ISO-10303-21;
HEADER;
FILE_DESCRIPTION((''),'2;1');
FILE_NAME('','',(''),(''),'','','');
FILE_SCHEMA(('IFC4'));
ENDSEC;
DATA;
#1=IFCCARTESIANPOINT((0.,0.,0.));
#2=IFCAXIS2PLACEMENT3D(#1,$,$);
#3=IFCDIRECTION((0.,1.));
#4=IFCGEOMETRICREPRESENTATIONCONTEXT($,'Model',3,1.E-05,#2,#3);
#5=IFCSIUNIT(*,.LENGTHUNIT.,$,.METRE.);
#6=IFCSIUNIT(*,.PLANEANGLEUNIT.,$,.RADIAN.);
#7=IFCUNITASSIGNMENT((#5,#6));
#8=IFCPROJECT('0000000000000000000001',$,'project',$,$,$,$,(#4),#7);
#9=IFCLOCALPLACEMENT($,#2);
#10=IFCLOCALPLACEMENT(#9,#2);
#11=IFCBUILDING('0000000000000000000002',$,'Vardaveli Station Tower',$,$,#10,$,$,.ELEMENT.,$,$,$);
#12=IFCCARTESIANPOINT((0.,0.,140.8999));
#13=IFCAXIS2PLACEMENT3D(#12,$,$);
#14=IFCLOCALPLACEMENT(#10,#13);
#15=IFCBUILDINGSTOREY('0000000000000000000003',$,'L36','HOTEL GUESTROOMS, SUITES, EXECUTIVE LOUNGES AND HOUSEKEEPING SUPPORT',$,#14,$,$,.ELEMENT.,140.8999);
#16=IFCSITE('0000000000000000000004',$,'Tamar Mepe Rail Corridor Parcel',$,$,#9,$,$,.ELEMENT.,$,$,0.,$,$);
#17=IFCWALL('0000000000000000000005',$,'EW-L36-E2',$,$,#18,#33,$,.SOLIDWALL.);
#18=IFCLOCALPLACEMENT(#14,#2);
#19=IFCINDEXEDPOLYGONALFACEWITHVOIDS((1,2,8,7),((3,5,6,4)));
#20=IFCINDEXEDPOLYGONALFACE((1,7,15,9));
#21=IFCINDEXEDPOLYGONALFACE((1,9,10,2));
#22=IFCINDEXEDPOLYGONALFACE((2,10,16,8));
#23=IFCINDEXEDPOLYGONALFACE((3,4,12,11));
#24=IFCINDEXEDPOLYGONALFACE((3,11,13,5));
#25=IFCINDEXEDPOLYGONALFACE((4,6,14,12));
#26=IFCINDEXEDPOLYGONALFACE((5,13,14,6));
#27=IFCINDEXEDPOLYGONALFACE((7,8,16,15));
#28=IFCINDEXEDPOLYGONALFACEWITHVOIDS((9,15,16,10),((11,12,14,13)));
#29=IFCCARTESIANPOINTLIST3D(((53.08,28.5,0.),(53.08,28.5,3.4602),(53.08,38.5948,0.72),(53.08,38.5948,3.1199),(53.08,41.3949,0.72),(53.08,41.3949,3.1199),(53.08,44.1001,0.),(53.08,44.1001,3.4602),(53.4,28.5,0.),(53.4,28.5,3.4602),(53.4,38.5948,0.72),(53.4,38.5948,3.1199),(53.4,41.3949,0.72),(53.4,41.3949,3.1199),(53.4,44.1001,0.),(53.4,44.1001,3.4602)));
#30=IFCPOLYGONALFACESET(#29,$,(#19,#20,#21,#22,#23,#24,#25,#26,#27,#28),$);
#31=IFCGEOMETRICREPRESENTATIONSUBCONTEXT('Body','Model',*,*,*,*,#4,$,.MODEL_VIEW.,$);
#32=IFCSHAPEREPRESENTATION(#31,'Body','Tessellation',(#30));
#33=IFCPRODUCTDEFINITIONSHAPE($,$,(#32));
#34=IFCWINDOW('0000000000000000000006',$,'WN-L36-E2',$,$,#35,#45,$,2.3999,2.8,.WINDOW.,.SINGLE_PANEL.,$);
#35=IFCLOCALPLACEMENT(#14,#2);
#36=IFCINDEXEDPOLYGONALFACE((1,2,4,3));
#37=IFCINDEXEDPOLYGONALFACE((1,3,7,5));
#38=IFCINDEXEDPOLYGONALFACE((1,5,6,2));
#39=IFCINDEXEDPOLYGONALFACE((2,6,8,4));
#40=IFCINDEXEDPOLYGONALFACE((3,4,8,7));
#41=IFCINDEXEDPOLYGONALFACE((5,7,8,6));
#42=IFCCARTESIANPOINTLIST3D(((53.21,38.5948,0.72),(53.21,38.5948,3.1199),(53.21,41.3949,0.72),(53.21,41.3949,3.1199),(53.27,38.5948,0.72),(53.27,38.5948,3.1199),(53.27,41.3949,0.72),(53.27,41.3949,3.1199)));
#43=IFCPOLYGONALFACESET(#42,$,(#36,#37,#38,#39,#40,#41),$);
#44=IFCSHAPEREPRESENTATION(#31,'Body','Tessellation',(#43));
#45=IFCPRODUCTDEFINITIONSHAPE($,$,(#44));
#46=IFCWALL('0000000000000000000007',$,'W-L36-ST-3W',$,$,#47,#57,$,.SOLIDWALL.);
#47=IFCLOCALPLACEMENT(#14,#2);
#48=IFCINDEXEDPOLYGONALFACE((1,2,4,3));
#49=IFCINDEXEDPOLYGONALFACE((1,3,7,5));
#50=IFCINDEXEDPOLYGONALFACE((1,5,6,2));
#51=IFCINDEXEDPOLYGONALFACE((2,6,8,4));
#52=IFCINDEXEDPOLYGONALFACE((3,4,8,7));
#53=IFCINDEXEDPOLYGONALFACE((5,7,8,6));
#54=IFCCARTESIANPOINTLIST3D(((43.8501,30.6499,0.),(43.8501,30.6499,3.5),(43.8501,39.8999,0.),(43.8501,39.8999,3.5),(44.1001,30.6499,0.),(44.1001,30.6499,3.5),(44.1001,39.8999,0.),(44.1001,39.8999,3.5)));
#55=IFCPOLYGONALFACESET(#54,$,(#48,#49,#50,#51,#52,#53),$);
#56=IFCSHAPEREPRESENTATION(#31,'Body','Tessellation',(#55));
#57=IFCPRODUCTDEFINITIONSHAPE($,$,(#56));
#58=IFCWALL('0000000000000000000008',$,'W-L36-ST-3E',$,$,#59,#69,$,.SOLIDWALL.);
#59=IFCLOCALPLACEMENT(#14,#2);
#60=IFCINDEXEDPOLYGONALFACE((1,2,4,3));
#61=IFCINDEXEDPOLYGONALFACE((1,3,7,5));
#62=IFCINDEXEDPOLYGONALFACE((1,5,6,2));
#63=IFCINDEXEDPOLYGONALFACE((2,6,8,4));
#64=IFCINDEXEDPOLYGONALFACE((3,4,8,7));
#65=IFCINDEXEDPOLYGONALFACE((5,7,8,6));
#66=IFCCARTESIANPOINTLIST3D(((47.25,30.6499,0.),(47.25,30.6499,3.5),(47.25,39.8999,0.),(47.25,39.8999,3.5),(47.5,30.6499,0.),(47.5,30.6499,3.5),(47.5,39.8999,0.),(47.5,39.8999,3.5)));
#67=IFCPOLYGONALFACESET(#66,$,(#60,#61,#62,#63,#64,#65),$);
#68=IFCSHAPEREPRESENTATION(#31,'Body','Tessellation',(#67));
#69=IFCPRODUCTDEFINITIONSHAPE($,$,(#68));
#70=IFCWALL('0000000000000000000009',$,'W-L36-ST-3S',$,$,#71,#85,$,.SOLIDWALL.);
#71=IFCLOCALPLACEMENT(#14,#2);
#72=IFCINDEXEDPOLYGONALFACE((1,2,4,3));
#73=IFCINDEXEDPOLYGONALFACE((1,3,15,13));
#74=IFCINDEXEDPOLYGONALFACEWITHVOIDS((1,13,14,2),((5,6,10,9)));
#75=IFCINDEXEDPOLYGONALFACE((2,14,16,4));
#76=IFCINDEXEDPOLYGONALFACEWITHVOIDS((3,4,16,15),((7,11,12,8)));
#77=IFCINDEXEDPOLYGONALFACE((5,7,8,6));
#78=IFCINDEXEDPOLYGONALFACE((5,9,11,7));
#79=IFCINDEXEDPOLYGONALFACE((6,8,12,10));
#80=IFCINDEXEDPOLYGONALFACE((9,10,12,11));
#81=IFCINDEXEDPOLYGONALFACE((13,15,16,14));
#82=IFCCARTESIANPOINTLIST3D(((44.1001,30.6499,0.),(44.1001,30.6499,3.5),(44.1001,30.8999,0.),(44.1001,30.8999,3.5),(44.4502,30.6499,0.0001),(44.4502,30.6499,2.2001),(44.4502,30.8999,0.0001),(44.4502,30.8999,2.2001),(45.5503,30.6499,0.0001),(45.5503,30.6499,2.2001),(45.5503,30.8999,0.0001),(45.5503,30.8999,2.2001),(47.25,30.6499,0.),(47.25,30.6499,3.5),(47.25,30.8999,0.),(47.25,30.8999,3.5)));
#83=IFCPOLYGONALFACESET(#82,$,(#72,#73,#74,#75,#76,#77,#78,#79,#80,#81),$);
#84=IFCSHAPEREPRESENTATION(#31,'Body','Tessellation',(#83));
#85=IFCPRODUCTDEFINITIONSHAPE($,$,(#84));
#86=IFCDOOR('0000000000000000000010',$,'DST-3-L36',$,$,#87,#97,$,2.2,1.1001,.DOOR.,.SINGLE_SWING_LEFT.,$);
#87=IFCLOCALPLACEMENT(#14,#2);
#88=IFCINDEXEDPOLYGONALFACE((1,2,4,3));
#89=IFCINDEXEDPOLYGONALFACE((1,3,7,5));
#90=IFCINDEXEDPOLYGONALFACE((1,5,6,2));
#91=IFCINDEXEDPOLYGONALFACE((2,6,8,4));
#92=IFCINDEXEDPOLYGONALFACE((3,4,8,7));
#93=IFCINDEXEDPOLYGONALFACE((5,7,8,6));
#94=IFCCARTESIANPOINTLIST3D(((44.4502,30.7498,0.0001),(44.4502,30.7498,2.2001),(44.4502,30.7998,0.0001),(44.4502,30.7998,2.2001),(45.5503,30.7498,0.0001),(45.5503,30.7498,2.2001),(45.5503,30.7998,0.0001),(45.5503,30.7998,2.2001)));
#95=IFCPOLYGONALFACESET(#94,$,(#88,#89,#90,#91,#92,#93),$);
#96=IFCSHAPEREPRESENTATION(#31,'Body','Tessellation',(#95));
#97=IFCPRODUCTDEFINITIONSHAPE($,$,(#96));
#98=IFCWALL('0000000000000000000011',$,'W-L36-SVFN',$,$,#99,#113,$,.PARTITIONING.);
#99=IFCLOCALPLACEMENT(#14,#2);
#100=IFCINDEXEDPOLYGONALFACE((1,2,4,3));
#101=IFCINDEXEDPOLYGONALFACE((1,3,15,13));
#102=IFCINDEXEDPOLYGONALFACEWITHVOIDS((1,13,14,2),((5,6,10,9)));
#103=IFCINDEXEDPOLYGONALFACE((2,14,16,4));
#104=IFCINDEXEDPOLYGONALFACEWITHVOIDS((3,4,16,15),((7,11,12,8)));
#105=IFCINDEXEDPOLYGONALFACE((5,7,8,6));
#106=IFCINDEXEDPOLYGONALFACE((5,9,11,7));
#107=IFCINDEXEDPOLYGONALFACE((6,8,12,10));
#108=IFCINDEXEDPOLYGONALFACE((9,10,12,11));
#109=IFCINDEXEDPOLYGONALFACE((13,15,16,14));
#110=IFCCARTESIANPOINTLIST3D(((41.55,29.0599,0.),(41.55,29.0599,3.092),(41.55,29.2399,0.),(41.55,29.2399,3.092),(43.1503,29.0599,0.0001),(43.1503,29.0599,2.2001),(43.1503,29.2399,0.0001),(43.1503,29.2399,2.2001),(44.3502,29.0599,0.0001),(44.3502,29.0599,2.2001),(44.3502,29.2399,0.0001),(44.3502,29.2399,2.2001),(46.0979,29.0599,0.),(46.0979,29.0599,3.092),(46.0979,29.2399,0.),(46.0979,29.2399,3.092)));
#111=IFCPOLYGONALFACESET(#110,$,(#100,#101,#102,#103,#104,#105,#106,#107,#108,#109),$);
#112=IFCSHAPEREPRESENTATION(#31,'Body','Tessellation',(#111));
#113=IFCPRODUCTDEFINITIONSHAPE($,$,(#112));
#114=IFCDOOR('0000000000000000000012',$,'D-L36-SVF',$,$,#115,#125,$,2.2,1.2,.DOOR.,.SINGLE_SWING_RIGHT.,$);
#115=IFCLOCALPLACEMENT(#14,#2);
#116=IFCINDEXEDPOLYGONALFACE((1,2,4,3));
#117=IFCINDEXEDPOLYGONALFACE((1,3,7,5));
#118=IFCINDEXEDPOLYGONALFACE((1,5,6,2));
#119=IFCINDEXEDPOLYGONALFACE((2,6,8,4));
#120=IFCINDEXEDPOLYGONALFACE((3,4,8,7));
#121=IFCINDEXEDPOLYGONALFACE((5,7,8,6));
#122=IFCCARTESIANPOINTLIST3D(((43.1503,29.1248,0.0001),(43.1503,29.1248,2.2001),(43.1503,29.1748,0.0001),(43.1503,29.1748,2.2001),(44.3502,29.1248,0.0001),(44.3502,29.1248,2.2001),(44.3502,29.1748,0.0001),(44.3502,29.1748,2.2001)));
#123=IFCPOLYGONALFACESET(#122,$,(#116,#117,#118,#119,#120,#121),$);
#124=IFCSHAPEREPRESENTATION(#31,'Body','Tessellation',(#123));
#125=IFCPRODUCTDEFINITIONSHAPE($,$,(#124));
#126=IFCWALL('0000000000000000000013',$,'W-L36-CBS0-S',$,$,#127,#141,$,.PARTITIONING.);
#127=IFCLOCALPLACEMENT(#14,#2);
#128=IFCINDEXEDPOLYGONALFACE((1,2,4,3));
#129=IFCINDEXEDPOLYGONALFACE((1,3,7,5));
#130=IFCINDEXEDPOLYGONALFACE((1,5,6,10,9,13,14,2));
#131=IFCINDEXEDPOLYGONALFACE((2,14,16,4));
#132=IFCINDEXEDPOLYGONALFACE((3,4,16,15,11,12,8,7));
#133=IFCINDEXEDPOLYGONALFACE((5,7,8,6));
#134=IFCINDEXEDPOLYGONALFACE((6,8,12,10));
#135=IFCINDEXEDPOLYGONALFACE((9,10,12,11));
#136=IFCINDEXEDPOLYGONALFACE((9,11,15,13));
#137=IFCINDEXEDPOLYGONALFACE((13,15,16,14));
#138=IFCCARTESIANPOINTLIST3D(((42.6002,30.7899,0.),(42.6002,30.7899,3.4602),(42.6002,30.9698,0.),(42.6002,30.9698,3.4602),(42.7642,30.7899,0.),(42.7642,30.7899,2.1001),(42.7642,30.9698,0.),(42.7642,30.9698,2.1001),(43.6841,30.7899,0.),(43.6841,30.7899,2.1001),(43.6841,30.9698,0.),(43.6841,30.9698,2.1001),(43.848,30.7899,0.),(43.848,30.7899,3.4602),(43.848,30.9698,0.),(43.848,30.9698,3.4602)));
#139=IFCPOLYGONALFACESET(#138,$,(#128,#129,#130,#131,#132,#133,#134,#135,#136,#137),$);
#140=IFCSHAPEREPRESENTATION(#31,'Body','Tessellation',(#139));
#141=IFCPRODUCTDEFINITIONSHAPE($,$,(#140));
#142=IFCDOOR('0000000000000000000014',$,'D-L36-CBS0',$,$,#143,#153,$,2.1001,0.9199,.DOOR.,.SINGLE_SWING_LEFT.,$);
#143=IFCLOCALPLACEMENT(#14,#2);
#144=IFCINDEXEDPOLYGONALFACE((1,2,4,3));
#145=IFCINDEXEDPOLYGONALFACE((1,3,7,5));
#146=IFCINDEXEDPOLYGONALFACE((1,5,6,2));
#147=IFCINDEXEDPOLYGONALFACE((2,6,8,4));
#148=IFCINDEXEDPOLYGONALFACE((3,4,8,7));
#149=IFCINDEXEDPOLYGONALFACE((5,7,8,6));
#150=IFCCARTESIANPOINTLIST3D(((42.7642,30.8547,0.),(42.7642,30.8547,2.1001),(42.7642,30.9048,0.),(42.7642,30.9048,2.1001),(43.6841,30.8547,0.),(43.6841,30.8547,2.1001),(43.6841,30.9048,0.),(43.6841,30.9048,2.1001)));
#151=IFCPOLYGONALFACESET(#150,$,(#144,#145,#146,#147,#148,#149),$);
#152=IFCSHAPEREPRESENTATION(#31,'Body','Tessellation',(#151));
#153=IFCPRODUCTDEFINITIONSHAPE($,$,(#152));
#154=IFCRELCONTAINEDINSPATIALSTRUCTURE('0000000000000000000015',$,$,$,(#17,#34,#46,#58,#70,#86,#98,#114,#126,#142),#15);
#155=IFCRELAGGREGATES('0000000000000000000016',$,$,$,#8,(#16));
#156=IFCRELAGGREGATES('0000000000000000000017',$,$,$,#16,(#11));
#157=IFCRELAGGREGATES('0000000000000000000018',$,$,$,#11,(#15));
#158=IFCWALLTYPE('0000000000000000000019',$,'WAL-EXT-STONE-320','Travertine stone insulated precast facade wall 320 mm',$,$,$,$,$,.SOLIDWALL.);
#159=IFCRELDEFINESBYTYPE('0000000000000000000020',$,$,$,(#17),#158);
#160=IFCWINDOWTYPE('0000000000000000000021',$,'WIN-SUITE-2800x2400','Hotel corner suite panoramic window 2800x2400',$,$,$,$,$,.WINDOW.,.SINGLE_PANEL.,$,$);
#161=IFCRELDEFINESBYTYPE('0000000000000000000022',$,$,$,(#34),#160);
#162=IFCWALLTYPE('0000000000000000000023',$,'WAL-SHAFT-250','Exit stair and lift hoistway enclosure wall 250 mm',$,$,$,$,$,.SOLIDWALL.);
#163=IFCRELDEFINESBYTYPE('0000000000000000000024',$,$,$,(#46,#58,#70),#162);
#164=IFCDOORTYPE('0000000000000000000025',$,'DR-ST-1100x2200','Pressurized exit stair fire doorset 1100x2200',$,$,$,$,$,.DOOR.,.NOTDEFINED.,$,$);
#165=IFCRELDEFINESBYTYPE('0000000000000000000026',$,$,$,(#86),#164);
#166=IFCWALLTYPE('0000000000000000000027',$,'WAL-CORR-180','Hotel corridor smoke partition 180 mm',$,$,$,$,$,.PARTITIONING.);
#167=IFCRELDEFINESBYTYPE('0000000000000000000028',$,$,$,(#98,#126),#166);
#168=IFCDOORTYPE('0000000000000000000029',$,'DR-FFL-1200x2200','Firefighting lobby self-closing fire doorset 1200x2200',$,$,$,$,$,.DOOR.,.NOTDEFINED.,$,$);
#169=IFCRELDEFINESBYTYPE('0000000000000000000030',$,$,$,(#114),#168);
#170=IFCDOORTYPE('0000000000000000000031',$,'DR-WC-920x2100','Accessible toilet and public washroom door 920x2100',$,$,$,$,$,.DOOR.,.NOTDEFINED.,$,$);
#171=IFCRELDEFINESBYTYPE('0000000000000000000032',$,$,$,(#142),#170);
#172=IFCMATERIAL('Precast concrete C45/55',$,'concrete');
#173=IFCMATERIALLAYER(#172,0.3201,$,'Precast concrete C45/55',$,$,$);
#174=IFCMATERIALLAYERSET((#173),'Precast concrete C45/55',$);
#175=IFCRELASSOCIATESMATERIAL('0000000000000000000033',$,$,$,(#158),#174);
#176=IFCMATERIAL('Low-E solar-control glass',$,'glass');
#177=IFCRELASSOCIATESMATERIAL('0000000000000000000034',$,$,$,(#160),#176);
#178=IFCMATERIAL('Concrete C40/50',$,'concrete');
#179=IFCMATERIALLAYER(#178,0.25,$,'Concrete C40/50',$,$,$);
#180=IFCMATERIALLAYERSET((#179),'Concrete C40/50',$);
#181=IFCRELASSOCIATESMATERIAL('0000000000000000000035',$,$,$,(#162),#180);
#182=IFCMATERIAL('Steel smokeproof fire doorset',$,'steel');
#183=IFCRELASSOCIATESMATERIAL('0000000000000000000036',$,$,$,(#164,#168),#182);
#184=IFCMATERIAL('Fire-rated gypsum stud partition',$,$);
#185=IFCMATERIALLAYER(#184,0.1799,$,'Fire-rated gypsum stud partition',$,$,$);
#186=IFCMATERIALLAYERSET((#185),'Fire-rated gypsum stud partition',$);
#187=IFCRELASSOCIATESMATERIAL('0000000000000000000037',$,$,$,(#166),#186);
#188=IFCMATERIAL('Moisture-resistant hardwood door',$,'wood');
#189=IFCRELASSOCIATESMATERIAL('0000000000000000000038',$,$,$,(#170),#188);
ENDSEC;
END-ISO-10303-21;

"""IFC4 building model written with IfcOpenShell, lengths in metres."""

from ifc_helpers import new_model, si_unit, direction, frame, frame_2d, origin, place, context, subcontext, project, spatial, rectangle, extrude, source, transform, mapped, material, layer, layer_set, type_object, element, fill, save


model = new_model("IFC4")

# Units and contexts
model_context = context("Model", 3, precision=1e-05, world=origin(), true_north=direction((0.0, 1.0)))
body_context = subcontext(model_context, "Body", "Model", "MODEL_VIEW")
ifc_project = project(units=[si_unit("LENGTHUNIT", "METRE"), si_unit("PLANEANGLEUNIT", "RADIAN")], contexts=[model_context])

# Site, building, storey
site_placement = place(None, origin())
site = spatial("IfcSite", under=ifc_project, at=site_placement, Name="Tamar Mepe Rail Corridor Parcel", CompositionType="ELEMENT", RefElevation=0.0)
building_placement = place(site_placement, origin())
building = spatial("IfcBuilding", under=site, at=building_placement, Name="Vardaveli Station Tower", CompositionType="ELEMENT")
storey_placement = place(building_placement, frame((0.0, 0.0, 140.8999)))
storey = spatial("IfcBuildingStorey", under=building, at=storey_placement, Name="L36", Description="HOTEL GUESTROOMS, SUITES, EXECUTIVE LOUNGES AND HOUSEKEEPING SUPPORT", CompositionType="ELEMENT", Elevation=140.8999)

# Shared definitions
ifc_material_1 = material(Name="Precast concrete C45/55", Category="concrete")

# Wall, opening, window
ifc_layer_1 = layer(ifc_material_1, 0.3201, Name="Precast concrete C45/55")
ifc_layer_set_1 = layer_set([ifc_layer_1], Name="Precast concrete C45/55")
wall_type_1 = type_object("IfcWallType", Name="WAL-EXT-STONE-320", Description="Travertine stone insulated precast facade wall 320 mm", PredefinedType="SOLIDWALL", material=ifc_layer_set_1)
shared_shape_1 = source(origin(), body_context, "Body", "SweptSolid", [
    extrude(rectangle(XDim=15.6001, YDim=0.3201, at=frame_2d((7.8, 0.0))), origin(), (0.0, 0.0, 1.0), 3.4602),
])
wall_1_placement = place(storey_placement, frame((53.24, 28.5, 0.0), z_axis=(0.0, 0.0, 1.0), x_axis=(0.0, 1.0, 0.0)))
wall_1 = element("IfcWall", 1, at=wall_1_placement, inside=storey, type_object=wall_type_1, Name="EW-L36-E2", PredefinedType="SOLIDWALL", context=body_context, shape_type="MappedRepresentation", body=[
    mapped(shared_shape_1, transform((0.0, 0.0, 0.0), scale=1.0)),
])
shared_shape_2 = source(origin(), body_context, "Body", "SweptSolid", [
    extrude(rectangle(XDim=2.8, YDim=2.3999, at=frame_2d((1.3999, 1.2))), frame((0.0, 0.1699, 0.0), z_axis=(0.0, -1.0, 0.0), x_axis=(1.0, 0.0, 0.0)), (0.0, 0.0, 1.0), 0.3401),
])
opening_1_placement = place(wall_1_placement, frame((10.095, 0.0, 0.72)))
opening_1 = element("IfcOpeningElement", 2, at=opening_1_placement, cuts=wall_1, PredefinedType="OPENING", context=body_context, shape_type="MappedRepresentation", body=[
    mapped(shared_shape_2, transform((0.0, 0.0, 0.0), scale=1.0)),
])
ifc_material_2 = material(Name="Low-E solar-control glass", Category="glass")
window_type = type_object("IfcWindowType", Name="WIN-SUITE-2800x2400", Description="Hotel corner suite panoramic window 2800x2400", PartitioningType="SINGLE_PANEL", PredefinedType="WINDOW", material=ifc_material_2)
shared_shape_3 = source(origin(), body_context, "Body", "SweptSolid", [
    extrude(rectangle(XDim=2.8, YDim=2.3999, at=frame_2d((1.3999, 1.2))), frame((0.0, 0.03, 0.0), z_axis=(0.0, -1.0, 0.0), x_axis=(1.0, 0.0, 0.0)), (0.0, 0.0, 1.0), 0.0601),
])
window_placement = place(opening_1_placement, origin())
window = element("IfcWindow", 3, at=window_placement, inside=storey, type_object=window_type, Name="WN-L36-E2", OverallHeight=2.3999, OverallWidth=2.8, PartitioningType="SINGLE_PANEL", PredefinedType="WINDOW", context=body_context, shape_type="MappedRepresentation", body=[
    mapped(shared_shape_3, transform((0.0, 0.0, 0.0), scale=1.0)),
])
fill(opening_1, window)

# Walls
ifc_material_3 = material(Name="Concrete C40/50", Category="concrete")
ifc_layer_2 = layer(ifc_material_3, 0.25, Name="Concrete C40/50")
ifc_layer_set_2 = layer_set([ifc_layer_2], Name="Concrete C40/50")
wall_type_2 = type_object("IfcWallType", Name="WAL-SHAFT-250", Description="Exit stair and lift hoistway enclosure wall 250 mm", PredefinedType="SOLIDWALL", material=ifc_layer_set_2)
shared_shape_4 = source(origin(), body_context, "Body", "SweptSolid", [
    extrude(rectangle(XDim=9.25, YDim=0.25, at=frame_2d((4.625, 0.0))), origin(), (0.0, 0.0, 1.0), 3.5),
])
for number, where, z_axis, x_axis, name in (
    (4, (43.9751, 30.6499, 0.0), (0.0, 0.0, 1.0), (0.0, 1.0, 0.0), "W-L36-ST-3W"),
    (5, (47.375, 30.6499, 0.0), (0.0, 0.0, 1.0), (0.0, 1.0, 0.0), "W-L36-ST-3E"),
):
    element("IfcWall", number, at=place(storey_placement, frame(where, z_axis=z_axis, x_axis=x_axis)), inside=storey, type_object=wall_type_2, Name=name, PredefinedType="SOLIDWALL", context=body_context, shape_type="MappedRepresentation", body=[
        mapped(shared_shape_4, transform((0.0, 0.0, 0.0), scale=1.0)),
    ])

# Walls, openings, doors
shared_shape_5 = source(origin(), body_context, "Body", "SweptSolid", [
    extrude(rectangle(XDim=3.1499, YDim=0.25, at=frame_2d((1.575, 0.0))), origin(), (0.0, 0.0, 1.0), 3.5),
])
wall_2_placement = place(storey_placement, frame((44.1001, 30.7749, 0.0), z_axis=(0.0, 0.0, 1.0), x_axis=(1.0, 0.0, 0.0)))
wall_2 = element("IfcWall", 6, at=wall_2_placement, inside=storey, type_object=wall_type_2, Name="W-L36-ST-3S", PredefinedType="SOLIDWALL", context=body_context, shape_type="MappedRepresentation", body=[
    mapped(shared_shape_5, transform((0.0, 0.0, 0.0), scale=1.0)),
])
shared_shape_6 = source(origin(), body_context, "Body", "SweptSolid", [
    extrude(rectangle(XDim=1.1001, YDim=2.2, at=frame_2d((0.55, 1.1001))), frame((0.0, 0.135, 0.0), z_axis=(0.0, -1.0, 0.0), x_axis=(1.0, 0.0, 0.0)), (0.0, 0.0, 1.0), 0.27),
])
opening_2_placement = place(wall_2_placement, frame((0.3501, 0.0, 0.0)))
opening_2 = element("IfcOpeningElement", 7, at=opening_2_placement, cuts=wall_2, PredefinedType="OPENING", context=body_context, shape_type="MappedRepresentation", body=[
    mapped(shared_shape_6, transform((0.0, 0.0, 0.0), scale=1.0)),
])
ifc_material_4 = material(Name="Steel smokeproof fire doorset", Category="steel")
door_type_1 = type_object("IfcDoorType", Name="DR-ST-1100x2200", Description="Pressurized exit stair fire doorset 1100x2200", OperationType="NOTDEFINED", PredefinedType="DOOR", material=ifc_material_4)
shared_shape_7 = source(origin(), body_context, "Body", "SweptSolid", [
    extrude(rectangle(XDim=1.1001, YDim=2.2, at=frame_2d((0.55, 1.1001))), frame((0.0, 0.0249, 0.0), z_axis=(0.0, -1.0, 0.0), x_axis=(1.0, 0.0, 0.0)), (0.0, 0.0, 1.0), 0.05),
])
door_1_placement = place(opening_2_placement, origin())
door_1 = element("IfcDoor", 8, at=door_1_placement, inside=storey, type_object=door_type_1, Name="DST-3-L36", OperationType="SINGLE_SWING_LEFT", OverallHeight=2.2, OverallWidth=1.1001, PredefinedType="DOOR", context=body_context, shape_type="MappedRepresentation", body=[
    mapped(shared_shape_7, transform((0.0, 0.0, 0.0), scale=1.0)),
])
fill(opening_2, door_1)
ifc_material_5 = material(Name="Fire-rated gypsum stud partition")
ifc_layer_3 = layer(ifc_material_5, 0.1799, Name="Fire-rated gypsum stud partition")
ifc_layer_set_3 = layer_set([ifc_layer_3], Name="Fire-rated gypsum stud partition")
wall_type_3 = type_object("IfcWallType", Name="WAL-CORR-180", Description="Hotel corridor smoke partition 180 mm", PredefinedType="PARTITIONING", material=ifc_layer_set_3)
shared_shape_8 = source(origin(), body_context, "Body", "SweptSolid", [
    extrude(rectangle(XDim=4.5479, YDim=0.1799, at=frame_2d((2.2739, 0.0))), origin(), (0.0, 0.0, 1.0), 3.092),
])
wall_3_placement = place(storey_placement, frame((41.55, 29.1499, 0.0), z_axis=(0.0, 0.0, 1.0), x_axis=(1.0, 0.0, 0.0)))
wall_3 = element("IfcWall", 9, at=wall_3_placement, inside=storey, type_object=wall_type_3, Name="W-L36-SVFN", PredefinedType="PARTITIONING", context=body_context, shape_type="MappedRepresentation", body=[
    mapped(shared_shape_8, transform((0.0, 0.0, 0.0), scale=1.0)),
])
shared_shape_9 = source(origin(), body_context, "Body", "SweptSolid", [
    extrude(rectangle(XDim=1.2, YDim=2.2, at=frame_2d((0.6001, 1.1001))), frame((0.0, 0.1001, 0.0), z_axis=(0.0, -1.0, 0.0), x_axis=(1.0, 0.0, 0.0)), (0.0, 0.0, 1.0), 0.2),
])
opening_3_placement = place(wall_3_placement, frame((1.6001, 0.0, 0.0)))
opening_3 = element("IfcOpeningElement", 10, at=opening_3_placement, cuts=wall_3, PredefinedType="OPENING", context=body_context, shape_type="MappedRepresentation", body=[
    mapped(shared_shape_9, transform((0.0, 0.0, 0.0), scale=1.0)),
])
door_type_2 = type_object("IfcDoorType", Name="DR-FFL-1200x2200", Description="Firefighting lobby self-closing fire doorset 1200x2200", OperationType="NOTDEFINED", PredefinedType="DOOR", material=ifc_material_4)
shared_shape_10 = source(origin(), body_context, "Body", "SweptSolid", [
    extrude(rectangle(XDim=1.2, YDim=2.2, at=frame_2d((0.6001, 1.1001))), frame((0.0, 0.0249, 0.0), z_axis=(0.0, -1.0, 0.0), x_axis=(1.0, 0.0, 0.0)), (0.0, 0.0, 1.0), 0.05),
])
door_2_placement = place(opening_3_placement, origin())
door_2 = element("IfcDoor", 11, at=door_2_placement, inside=storey, type_object=door_type_2, Name="D-L36-SVF", OperationType="SINGLE_SWING_RIGHT", OverallHeight=2.2, OverallWidth=1.2, PredefinedType="DOOR", context=body_context, shape_type="MappedRepresentation", body=[
    mapped(shared_shape_10, transform((0.0, 0.0, 0.0), scale=1.0)),
])
fill(opening_3, door_2)
shared_shape_11 = source(origin(), body_context, "Body", "SweptSolid", [
    extrude(rectangle(XDim=1.2478, YDim=0.1799, at=frame_2d((0.624, 0.0))), origin(), (0.0, 0.0, 1.0), 3.4602),
])
wall_4_placement = place(storey_placement, frame((42.6001, 30.8799, 0.0), z_axis=(0.0, 0.0, 1.0), x_axis=(1.0, 0.0, 0.0)))
wall_4 = element("IfcWall", 12, at=wall_4_placement, inside=storey, type_object=wall_type_3, Name="W-L36-CBS0-S", PredefinedType="PARTITIONING", context=body_context, shape_type="MappedRepresentation", body=[
    mapped(shared_shape_11, transform((0.0, 0.0, 0.0), scale=1.0)),
])
shared_shape_12 = source(origin(), body_context, "Body", "SweptSolid", [
    extrude(rectangle(XDim=0.9199, YDim=2.1001, at=frame_2d((0.46, 1.05))), frame((0.0, 0.1001, 0.0), z_axis=(0.0, -1.0, 0.0), x_axis=(1.0, 0.0, 0.0)), (0.0, 0.0, 1.0), 0.2),
])
opening_4_placement = place(wall_4_placement, frame((0.1641, 0.0, 0.0)))
opening_4 = element("IfcOpeningElement", 13, at=opening_4_placement, cuts=wall_4, PredefinedType="OPENING", context=body_context, shape_type="MappedRepresentation", body=[
    mapped(shared_shape_12, transform((0.0, 0.0, 0.0), scale=1.0)),
])
ifc_material_6 = material(Name="Moisture-resistant hardwood door", Category="wood")
door_type_3 = type_object("IfcDoorType", Name="DR-WC-920x2100", Description="Accessible toilet and public washroom door 920x2100", OperationType="NOTDEFINED", PredefinedType="DOOR", material=ifc_material_6)
shared_shape_13 = source(origin(), body_context, "Body", "SweptSolid", [
    extrude(rectangle(XDim=0.9199, YDim=2.1001, at=frame_2d((0.46, 1.05))), frame((0.0, 0.0249, 0.0), z_axis=(0.0, -1.0, 0.0), x_axis=(1.0, 0.0, 0.0)), (0.0, 0.0, 1.0), 0.05),
])
door_3_placement = place(opening_4_placement, origin())
door_3 = element("IfcDoor", 14, at=door_3_placement, inside=storey, type_object=door_type_3, Name="D-L36-CBS0", OperationType="SINGLE_SWING_LEFT", OverallHeight=2.1001, OverallWidth=0.9199, PredefinedType="DOOR", context=body_context, shape_type="MappedRepresentation", body=[
    mapped(shared_shape_13, transform((0.0, 0.0, 0.0), scale=1.0)),
])
fill(opening_4, door_3)

save(model, "model.ifc")
